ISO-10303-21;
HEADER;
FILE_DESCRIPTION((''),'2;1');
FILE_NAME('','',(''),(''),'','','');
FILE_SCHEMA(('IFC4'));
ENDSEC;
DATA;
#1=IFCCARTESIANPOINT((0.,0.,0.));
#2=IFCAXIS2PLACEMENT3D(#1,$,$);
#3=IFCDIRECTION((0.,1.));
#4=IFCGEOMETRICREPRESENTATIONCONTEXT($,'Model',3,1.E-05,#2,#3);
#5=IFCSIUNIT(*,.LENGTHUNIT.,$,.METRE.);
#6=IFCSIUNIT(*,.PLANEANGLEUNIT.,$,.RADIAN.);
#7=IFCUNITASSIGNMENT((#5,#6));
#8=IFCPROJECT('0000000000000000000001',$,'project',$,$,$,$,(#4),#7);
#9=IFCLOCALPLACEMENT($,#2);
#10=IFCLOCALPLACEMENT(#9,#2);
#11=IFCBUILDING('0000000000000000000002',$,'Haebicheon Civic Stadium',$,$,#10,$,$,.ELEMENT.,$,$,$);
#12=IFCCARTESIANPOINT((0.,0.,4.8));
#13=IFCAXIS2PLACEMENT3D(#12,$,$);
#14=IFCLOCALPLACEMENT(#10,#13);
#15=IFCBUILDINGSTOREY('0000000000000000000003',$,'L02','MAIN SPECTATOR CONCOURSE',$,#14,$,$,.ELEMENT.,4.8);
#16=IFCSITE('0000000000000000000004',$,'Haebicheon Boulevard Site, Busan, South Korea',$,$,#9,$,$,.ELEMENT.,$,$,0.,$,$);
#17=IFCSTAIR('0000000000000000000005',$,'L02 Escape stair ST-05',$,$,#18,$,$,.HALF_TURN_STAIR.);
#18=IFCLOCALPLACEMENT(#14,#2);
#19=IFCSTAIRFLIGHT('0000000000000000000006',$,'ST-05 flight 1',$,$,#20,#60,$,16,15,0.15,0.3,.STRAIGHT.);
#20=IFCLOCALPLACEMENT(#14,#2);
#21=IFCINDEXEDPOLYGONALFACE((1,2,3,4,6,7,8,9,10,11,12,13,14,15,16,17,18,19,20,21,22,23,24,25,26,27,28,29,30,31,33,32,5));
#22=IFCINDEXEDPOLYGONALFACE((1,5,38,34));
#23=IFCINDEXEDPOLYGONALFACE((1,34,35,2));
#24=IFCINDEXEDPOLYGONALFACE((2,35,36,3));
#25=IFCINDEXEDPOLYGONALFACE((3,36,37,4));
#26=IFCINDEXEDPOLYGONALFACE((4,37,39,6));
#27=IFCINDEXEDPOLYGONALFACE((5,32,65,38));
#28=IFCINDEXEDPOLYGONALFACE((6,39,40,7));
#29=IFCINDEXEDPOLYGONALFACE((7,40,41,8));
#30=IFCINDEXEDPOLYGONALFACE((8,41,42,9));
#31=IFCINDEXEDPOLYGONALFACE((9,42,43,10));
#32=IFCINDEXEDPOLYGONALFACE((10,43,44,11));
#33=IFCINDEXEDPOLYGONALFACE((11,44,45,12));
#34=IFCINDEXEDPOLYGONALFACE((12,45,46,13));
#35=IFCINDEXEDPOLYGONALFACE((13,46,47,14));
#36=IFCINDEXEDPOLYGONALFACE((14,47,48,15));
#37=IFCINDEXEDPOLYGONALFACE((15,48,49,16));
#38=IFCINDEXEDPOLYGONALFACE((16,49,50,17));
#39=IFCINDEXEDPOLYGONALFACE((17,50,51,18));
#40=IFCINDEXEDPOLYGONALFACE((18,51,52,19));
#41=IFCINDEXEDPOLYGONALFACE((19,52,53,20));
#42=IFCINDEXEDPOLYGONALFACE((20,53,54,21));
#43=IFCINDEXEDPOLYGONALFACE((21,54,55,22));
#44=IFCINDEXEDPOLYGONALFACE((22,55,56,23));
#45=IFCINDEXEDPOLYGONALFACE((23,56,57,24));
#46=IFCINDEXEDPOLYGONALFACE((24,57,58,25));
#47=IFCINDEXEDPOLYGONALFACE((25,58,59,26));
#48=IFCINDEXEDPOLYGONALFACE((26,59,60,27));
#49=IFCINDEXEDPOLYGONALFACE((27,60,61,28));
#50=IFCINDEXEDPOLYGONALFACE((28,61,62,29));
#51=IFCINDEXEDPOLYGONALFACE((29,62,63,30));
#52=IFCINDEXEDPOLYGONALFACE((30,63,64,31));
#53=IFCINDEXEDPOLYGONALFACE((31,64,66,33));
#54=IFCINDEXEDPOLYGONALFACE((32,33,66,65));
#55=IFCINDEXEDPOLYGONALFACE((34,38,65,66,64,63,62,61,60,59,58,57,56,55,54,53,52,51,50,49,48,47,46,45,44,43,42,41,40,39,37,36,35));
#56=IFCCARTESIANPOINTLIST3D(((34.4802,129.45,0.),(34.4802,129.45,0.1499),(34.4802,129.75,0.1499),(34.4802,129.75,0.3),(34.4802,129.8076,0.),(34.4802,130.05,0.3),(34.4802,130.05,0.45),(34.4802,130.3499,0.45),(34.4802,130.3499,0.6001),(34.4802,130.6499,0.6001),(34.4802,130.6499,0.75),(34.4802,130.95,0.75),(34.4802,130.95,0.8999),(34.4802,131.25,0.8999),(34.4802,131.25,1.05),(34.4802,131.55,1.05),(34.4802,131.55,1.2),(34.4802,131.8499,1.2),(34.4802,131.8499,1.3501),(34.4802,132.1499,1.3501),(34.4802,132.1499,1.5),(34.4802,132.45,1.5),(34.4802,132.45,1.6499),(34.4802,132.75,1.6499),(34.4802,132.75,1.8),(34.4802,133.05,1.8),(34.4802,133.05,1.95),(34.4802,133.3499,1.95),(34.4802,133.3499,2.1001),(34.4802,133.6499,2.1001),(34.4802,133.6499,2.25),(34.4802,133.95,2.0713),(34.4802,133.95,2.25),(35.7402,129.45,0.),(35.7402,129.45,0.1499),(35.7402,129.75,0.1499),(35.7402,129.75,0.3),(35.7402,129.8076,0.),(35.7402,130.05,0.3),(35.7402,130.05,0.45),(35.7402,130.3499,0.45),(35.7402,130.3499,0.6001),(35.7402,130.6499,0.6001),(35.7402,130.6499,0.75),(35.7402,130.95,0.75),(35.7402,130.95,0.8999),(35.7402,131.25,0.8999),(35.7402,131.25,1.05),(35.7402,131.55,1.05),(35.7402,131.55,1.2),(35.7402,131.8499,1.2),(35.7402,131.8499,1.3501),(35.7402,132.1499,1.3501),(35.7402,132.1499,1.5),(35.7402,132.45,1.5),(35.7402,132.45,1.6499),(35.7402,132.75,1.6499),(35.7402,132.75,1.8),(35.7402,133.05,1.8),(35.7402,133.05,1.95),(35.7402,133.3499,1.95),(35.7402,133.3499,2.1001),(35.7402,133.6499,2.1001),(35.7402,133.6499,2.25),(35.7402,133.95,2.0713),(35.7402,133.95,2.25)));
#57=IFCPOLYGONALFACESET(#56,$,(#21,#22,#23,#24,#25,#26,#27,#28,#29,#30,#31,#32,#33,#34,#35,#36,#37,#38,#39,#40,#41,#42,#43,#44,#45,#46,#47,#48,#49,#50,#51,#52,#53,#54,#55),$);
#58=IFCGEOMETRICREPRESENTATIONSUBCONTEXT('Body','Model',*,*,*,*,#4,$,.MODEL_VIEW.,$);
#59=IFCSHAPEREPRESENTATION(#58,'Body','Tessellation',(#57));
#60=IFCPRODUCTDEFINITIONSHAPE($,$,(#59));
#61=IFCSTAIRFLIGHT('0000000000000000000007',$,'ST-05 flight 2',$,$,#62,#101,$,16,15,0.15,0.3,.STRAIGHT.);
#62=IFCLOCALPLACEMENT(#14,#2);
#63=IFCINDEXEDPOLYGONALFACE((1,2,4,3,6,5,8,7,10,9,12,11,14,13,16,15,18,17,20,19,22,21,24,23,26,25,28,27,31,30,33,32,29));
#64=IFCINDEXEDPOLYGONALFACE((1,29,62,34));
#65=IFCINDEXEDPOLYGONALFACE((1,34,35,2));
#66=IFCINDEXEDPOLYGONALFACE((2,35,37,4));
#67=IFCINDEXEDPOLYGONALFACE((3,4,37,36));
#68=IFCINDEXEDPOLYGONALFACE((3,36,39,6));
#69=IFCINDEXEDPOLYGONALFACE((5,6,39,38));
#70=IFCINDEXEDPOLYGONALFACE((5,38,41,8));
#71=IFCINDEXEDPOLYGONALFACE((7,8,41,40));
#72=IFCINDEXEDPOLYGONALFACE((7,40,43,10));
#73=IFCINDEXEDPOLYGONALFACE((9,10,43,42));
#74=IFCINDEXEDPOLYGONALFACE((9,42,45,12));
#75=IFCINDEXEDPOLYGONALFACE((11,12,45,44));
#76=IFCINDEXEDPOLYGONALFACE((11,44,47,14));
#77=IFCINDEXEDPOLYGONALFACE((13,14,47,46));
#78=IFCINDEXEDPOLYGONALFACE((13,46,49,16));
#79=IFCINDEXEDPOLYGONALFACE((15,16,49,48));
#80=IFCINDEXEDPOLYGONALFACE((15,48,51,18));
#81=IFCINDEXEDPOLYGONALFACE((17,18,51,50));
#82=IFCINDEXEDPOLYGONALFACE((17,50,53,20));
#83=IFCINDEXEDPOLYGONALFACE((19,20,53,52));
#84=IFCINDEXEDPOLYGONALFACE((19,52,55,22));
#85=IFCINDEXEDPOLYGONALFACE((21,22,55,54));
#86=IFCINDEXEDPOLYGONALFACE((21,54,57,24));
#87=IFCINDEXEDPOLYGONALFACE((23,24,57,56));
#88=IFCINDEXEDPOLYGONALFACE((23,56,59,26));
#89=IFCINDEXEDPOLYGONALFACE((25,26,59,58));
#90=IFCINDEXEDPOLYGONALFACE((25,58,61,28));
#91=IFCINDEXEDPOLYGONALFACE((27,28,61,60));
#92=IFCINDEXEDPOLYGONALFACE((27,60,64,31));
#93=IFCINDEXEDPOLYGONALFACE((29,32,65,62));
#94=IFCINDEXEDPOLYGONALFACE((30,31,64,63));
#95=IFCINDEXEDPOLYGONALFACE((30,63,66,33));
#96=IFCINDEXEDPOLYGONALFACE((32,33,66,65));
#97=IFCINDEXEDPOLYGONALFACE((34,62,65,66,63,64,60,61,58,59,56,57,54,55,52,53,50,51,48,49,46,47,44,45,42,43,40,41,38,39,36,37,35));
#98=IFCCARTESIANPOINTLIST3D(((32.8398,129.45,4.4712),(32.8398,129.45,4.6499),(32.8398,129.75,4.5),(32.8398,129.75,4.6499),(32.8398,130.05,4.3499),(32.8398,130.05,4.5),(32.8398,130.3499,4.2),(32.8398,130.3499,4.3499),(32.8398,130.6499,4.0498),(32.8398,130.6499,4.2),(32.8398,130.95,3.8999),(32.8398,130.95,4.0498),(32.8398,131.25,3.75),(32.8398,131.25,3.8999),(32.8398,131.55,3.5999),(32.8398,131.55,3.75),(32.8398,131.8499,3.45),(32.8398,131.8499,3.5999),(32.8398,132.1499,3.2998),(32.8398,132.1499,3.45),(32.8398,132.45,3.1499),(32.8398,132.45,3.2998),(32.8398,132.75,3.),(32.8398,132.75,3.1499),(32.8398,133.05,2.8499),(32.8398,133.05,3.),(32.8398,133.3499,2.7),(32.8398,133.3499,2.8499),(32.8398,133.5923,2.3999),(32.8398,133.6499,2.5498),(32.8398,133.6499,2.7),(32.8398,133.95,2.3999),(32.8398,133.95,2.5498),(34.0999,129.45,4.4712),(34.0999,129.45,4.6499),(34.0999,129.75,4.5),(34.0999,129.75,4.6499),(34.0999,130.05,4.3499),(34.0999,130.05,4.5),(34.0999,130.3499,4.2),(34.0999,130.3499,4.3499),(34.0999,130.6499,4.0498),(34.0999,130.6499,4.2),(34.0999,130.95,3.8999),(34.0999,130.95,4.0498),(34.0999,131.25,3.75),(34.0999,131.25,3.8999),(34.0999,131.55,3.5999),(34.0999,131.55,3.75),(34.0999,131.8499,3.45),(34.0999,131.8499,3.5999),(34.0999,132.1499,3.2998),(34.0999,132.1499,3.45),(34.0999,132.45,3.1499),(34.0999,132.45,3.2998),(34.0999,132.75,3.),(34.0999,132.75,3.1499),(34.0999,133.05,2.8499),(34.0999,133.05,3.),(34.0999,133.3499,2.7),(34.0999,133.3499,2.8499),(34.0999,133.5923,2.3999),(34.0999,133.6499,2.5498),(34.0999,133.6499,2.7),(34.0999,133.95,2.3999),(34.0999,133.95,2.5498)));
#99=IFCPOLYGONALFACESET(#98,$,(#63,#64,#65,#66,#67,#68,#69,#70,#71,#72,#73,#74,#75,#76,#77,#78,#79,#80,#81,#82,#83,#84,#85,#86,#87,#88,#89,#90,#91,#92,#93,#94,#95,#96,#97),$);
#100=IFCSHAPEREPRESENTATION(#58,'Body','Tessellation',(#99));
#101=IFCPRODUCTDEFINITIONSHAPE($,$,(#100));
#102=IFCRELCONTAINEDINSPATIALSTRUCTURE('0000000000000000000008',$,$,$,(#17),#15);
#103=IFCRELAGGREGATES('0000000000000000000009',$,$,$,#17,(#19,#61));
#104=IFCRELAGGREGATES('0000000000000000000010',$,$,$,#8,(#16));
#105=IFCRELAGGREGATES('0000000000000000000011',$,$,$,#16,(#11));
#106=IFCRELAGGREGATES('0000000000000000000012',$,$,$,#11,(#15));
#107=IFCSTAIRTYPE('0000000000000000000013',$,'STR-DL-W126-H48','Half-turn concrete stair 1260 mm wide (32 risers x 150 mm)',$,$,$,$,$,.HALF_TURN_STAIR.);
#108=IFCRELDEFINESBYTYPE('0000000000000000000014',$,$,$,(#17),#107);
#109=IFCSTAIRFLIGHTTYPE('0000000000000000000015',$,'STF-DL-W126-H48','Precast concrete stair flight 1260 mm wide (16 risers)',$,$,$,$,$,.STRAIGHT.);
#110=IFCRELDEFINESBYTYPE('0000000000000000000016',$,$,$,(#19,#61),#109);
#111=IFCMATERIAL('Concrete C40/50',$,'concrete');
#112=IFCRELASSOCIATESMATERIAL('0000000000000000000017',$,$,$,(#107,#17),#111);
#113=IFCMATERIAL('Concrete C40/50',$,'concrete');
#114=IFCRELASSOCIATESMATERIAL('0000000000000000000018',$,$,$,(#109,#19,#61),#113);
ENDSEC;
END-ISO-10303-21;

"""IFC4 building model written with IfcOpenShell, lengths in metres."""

from ifc_helpers import new_model, si_unit, direction, frame, origin, place, context, subcontext, project, spatial, polyline, outline, extrude, material, type_object, element, aggregate, save


model = new_model("IFC4")

# Units and contexts
model_context = context("Model", 3, precision=1e-05, world=origin(), true_north=direction((0.0, 1.0)))
body_context = subcontext(model_context, "Body", "Model", "MODEL_VIEW")
ifc_project = project(units=[si_unit("LENGTHUNIT", "METRE"), si_unit("PLANEANGLEUNIT", "RADIAN")], contexts=[model_context])

# Site, building, storey
site_placement = place(None, origin())
site = spatial("IfcSite", under=ifc_project, at=site_placement, Name="Haebicheon Boulevard Site, Busan, South Korea", CompositionType="ELEMENT", RefElevation=0.0)
building_placement = place(site_placement, origin())
building = spatial("IfcBuilding", under=site, at=building_placement, Name="Haebicheon Civic Stadium", CompositionType="ELEMENT")
storey_placement = place(building_placement, frame((0.0, 0.0, 4.8)))
storey = spatial("IfcBuildingStorey", under=building, at=storey_placement, Name="L02", Description="MAIN SPECTATOR CONCOURSE", CompositionType="ELEMENT", Elevation=4.8)

# Stair, stair flights
ifc_material_1 = material(Name="Concrete C40/50", Category="concrete")
stair_type = type_object("IfcStairType", Name="STR-DL-W126-H48", Description="Half-turn concrete stair 1260 mm wide (32 risers x 150 mm)", PredefinedType="HALF_TURN_STAIR", material=ifc_material_1)
stair_placement = place(storey_placement, origin())
stair = element("IfcStair", 1, at=stair_placement, inside=storey, type_object=stair_type, material=ifc_material_1, Name="L02 Escape stair ST-05", PredefinedType="HALF_TURN_STAIR")
ifc_material_2 = material(Name="Concrete C40/50", Category="concrete")
stair_flight_type = type_object("IfcStairFlightType", Name="STF-DL-W126-H48", Description="Precast concrete stair flight 1260 mm wide (16 risers)", PredefinedType="STRAIGHT", material=ifc_material_2)
stair_flight_1_placement = place(storey_placement, frame((35.1101, 129.45, 0.0), z_axis=(0.0, 0.0, 1.0), x_axis=(0.0, 1.0, 0.0)))
stair_flight_1 = element("IfcStairFlight", 2, at=stair_flight_1_placement, type_object=stair_flight_type, material=ifc_material_2, Name="ST-05 flight 1", NumberOfRisers=16, NumberOfTreads=15, PredefinedType="STRAIGHT", RiserHeight=0.15, TreadLength=0.3, context=body_context, shape_type="SweptSolid", body=[
    extrude(outline(polyline([(0.0, 0.0), (0.0, 0.1499), (0.3, 0.1499), (0.3, 0.3), (0.6001, 0.3), (0.6001, 0.45), (0.8999, 0.45), (0.8999, 0.6001), (1.2, 0.6001), (1.2, 0.75), (1.5, 0.75), (1.5, 0.8999), (1.8, 0.8999), (1.8, 1.05), (2.1001, 1.05), (2.1001, 1.2), (2.3999, 1.2), (2.3999, 1.3501), (2.7, 1.3501), (2.7, 1.5), (3.0, 1.5), (3.0, 1.6499), (3.3, 1.6499), (3.3, 1.8), (3.6001, 1.8), (3.6001, 1.95), (3.8999, 1.95), (3.8999, 2.1001), (4.2, 2.1001), (4.2, 2.25), (4.5, 2.25), (4.5, 2.3999), (4.5, 2.0713), (0.3577, 0.0), (0.0, 0.0)])), frame((0.0, 0.6299, 0.0), z_axis=(0.0, -1.0, 0.0), x_axis=(1.0, 0.0, 0.0)), (0.0, 0.0, 1.0), 1.26),
])
stair_flight_2_placement = place(storey_placement, frame((33.47, 133.95, 2.3999), z_axis=(0.0, 0.0, 1.0), x_axis=(0.0, -1.0, 0.0)))
stair_flight_2 = element("IfcStairFlight", 3, at=stair_flight_2_placement, type_object=stair_flight_type, material=ifc_material_2, Name="ST-05 flight 2", NumberOfRisers=16, NumberOfTreads=15, PredefinedType="STRAIGHT", RiserHeight=0.15, TreadLength=0.3, context=body_context, shape_type="SweptSolid", body=[
    extrude(outline(polyline([(0.0, 0.0), (0.0, 0.1499), (0.3, 0.1499), (0.3, 0.3), (0.6001, 0.3), (0.6001, 0.45), (0.8999, 0.45), (0.8999, 0.6001), (1.2, 0.6001), (1.2, 0.75), (1.5, 0.75), (1.5, 0.8999), (1.8, 0.8999), (1.8, 1.05), (2.1001, 1.05), (2.1001, 1.2), (2.3999, 1.2), (2.3999, 1.3501), (2.7, 1.3501), (2.7, 1.5), (3.0, 1.5), (3.0, 1.6499), (3.3, 1.6499), (3.3, 1.8), (3.6001, 1.8), (3.6001, 1.95), (3.8999, 1.95), (3.8999, 2.1001), (4.2, 2.1001), (4.2, 2.25), (4.5, 2.25), (4.5, 2.3999), (4.5, 2.0713), (0.3577, 0.0), (0.0, 0.0)])), frame((0.0, 0.6299, 0.0), z_axis=(0.0, -1.0, 0.0), x_axis=(1.0, 0.0, 0.0)), (0.0, 0.0, 1.0), 1.26),
])
aggregate(stair, [stair_flight_1, stair_flight_2])

save(model, "model.ifc")
